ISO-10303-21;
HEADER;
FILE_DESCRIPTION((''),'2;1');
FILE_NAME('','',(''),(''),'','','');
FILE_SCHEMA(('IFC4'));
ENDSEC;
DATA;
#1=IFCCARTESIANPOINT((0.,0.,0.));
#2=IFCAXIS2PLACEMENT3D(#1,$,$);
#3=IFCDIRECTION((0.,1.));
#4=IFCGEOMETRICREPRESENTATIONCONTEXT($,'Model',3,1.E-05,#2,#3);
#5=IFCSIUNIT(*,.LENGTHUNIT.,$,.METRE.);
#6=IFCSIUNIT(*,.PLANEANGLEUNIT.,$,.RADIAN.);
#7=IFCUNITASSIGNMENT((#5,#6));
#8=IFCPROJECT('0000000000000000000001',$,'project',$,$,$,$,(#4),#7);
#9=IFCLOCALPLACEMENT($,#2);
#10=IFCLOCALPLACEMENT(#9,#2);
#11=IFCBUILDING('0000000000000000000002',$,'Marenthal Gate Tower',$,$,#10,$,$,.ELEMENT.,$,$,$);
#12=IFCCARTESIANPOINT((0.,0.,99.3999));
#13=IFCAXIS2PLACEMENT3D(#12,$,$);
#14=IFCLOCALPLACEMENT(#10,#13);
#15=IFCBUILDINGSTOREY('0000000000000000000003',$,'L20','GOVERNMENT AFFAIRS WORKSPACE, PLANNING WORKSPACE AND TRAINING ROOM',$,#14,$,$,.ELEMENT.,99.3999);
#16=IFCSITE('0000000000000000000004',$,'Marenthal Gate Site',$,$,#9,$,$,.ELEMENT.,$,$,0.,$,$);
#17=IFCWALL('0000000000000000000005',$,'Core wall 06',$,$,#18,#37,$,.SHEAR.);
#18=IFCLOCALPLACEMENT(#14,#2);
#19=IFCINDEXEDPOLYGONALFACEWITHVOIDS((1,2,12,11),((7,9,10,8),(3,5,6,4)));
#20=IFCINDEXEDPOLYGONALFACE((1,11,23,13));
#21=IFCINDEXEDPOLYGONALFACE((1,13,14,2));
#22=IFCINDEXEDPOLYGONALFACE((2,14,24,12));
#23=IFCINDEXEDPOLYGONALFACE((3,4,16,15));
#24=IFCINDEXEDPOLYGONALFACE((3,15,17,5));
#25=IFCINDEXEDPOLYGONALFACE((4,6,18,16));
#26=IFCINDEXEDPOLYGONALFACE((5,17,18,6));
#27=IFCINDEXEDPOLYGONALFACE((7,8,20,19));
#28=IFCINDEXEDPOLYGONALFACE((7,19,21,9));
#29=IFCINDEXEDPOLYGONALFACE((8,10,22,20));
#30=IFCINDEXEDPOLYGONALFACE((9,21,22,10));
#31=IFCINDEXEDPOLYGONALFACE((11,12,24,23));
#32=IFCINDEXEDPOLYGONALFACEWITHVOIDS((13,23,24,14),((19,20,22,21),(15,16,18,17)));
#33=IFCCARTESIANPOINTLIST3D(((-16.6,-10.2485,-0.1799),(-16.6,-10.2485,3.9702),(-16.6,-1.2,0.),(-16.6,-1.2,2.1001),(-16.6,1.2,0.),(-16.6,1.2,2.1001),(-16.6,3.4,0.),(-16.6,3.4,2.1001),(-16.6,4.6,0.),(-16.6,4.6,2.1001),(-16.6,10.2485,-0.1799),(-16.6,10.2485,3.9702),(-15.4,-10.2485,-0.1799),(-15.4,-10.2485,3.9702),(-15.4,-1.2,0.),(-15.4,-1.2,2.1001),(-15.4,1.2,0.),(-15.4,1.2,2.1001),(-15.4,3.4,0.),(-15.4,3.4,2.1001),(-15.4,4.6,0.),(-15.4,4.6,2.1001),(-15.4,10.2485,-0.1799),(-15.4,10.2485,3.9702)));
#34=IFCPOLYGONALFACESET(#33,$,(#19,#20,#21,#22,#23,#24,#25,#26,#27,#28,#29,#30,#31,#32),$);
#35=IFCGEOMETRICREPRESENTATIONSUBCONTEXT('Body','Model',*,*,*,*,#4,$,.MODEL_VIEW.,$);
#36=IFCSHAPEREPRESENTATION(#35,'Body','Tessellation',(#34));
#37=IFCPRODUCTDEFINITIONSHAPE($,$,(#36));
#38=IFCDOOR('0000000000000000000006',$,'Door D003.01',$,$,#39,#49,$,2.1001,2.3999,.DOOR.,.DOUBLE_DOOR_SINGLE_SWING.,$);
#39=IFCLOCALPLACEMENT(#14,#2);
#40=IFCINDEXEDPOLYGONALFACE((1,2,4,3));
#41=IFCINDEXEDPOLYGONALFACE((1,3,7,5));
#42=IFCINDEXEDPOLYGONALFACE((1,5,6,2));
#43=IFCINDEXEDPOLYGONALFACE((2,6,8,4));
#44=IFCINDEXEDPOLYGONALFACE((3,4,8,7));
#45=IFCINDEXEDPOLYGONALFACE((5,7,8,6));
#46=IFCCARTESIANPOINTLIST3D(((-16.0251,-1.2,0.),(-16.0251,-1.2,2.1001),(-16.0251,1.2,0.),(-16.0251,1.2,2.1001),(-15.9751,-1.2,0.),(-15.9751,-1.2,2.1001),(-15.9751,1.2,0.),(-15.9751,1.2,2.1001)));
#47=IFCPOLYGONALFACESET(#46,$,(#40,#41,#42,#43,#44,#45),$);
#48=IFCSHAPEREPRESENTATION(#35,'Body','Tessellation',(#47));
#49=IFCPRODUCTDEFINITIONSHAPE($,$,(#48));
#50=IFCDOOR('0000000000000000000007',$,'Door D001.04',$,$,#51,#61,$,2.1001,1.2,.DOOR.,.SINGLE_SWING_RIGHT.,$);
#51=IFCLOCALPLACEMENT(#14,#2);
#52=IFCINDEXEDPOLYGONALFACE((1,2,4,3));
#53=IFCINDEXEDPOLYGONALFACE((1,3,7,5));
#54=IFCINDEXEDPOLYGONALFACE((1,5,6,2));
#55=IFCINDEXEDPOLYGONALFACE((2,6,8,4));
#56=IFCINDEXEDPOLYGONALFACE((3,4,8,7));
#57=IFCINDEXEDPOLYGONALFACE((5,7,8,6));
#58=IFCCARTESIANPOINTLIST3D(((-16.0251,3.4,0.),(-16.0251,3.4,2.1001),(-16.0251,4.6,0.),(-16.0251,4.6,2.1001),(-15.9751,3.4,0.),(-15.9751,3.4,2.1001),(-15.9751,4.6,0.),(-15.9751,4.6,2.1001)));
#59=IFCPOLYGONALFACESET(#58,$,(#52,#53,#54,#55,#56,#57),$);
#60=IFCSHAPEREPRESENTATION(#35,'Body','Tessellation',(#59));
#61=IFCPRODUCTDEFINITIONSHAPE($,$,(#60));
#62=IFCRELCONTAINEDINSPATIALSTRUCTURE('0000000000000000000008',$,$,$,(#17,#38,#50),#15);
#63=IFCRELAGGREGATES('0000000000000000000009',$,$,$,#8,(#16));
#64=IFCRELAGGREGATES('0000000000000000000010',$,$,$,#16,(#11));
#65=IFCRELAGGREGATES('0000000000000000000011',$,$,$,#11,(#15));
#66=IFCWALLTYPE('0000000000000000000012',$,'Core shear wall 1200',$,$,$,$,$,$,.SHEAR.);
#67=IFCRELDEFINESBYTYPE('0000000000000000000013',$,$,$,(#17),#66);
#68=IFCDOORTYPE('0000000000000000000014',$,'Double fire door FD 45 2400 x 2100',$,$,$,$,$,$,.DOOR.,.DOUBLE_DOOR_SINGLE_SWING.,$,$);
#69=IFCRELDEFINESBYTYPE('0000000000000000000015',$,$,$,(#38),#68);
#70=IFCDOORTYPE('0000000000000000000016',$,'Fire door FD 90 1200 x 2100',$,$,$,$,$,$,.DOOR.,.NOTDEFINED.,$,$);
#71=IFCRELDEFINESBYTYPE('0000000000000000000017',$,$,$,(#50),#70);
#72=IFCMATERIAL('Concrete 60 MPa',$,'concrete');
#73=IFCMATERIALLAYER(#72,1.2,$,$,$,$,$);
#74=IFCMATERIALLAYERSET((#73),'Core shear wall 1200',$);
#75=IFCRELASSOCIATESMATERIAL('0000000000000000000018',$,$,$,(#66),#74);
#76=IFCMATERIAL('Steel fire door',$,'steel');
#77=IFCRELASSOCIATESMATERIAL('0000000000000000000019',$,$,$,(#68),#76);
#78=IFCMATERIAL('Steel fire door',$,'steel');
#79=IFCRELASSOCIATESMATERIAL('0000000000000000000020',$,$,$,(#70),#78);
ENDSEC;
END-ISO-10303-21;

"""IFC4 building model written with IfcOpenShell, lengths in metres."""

from ifc_helpers import new_model, si_unit, direction, frame, frame_2d, origin, place, context, subcontext, project, spatial, rectangle, extrude, material, layer, layer_set, type_object, element, fill, save


model = new_model("IFC4")

# Units and contexts
model_context = context("Model", 3, precision=1e-05, world=origin(), true_north=direction((0.0, 1.0)))
body_context = subcontext(model_context, "Body", "Model", "MODEL_VIEW")
ifc_project = project(units=[si_unit("LENGTHUNIT", "METRE"), si_unit("PLANEANGLEUNIT", "RADIAN")], contexts=[model_context])

# Site, building, storey
site_placement = place(None, origin())
site = spatial("IfcSite", under=ifc_project, at=site_placement, Name="Marenthal Gate Site", CompositionType="ELEMENT", RefElevation=0.0)
building_placement = place(site_placement, origin())
building = spatial("IfcBuilding", under=site, at=building_placement, Name="Marenthal Gate Tower", CompositionType="ELEMENT")
storey_placement = place(building_placement, frame((0.0, 0.0, 99.3999)))
storey = spatial("IfcBuildingStorey", under=building, at=storey_placement, Name="L20", Description="GOVERNMENT AFFAIRS WORKSPACE, PLANNING WORKSPACE AND TRAINING ROOM", CompositionType="ELEMENT", Elevation=99.3999)

# Wall, openings, doors
ifc_material_1 = material(Name="Concrete 60 MPa", Category="concrete")
ifc_layer_1 = layer(ifc_material_1, 1.2)
ifc_layer_set_1 = layer_set([ifc_layer_1], Name="Core shear wall 1200")
wall_type_1 = type_object("IfcWallType", Name="Core shear wall 1200", PredefinedType="SHEAR", material=ifc_layer_set_1)
wall_1_placement = place(storey_placement, frame((-16.0, 10.2485, -0.1799), z_axis=(0.0, 0.0, 1.0), x_axis=(0.0, -1.0, 0.0)))
wall_1 = element("IfcWall", 1, at=wall_1_placement, inside=storey, type_object=wall_type_1, Name="Core wall 06", PredefinedType="SHEAR", context=body_context, shape_type="SweptSolid", body=[
    extrude(rectangle(XDim=20.4971, YDim=1.2, at=frame_2d((10.2485, 0.0))), origin(), (0.0, 0.0, 1.0), 4.1501),
])
opening_1_placement = place(wall_1_placement, frame((9.0486, 0.0, 0.1799)))
opening_1 = element("IfcOpeningElement", 2, at=opening_1_placement, cuts=wall_1, PredefinedType="OPENING", context=body_context, shape_type="SweptSolid", body=[
    extrude(rectangle(XDim=2.3999, YDim=2.1001, at=frame_2d((1.2, 1.05))), frame((0.0, 0.6099, 0.0), z_axis=(0.0, -1.0, 0.0), x_axis=(1.0, 0.0, 0.0)), (0.0, 0.0, 1.0), 1.22),
])
opening_2_placement = place(wall_1_placement, frame((5.6484, 0.0, 0.1799)))
opening_2 = element("IfcOpeningElement", 3, at=opening_2_placement, cuts=wall_1, PredefinedType="OPENING", context=body_context, shape_type="SweptSolid", body=[
    extrude(rectangle(XDim=1.2, YDim=2.1001, at=frame_2d((0.6001, 1.05))), frame((0.0, 0.6099, 0.0), z_axis=(0.0, -1.0, 0.0), x_axis=(1.0, 0.0, 0.0)), (0.0, 0.0, 1.0), 1.22),
])
ifc_material_2 = material(Name="Steel fire door", Category="steel")
door_type_1 = type_object("IfcDoorType", Name="Double fire door FD 45 2400 x 2100", OperationType="DOUBLE_DOOR_SINGLE_SWING", PredefinedType="DOOR", material=ifc_material_2)
door_1_placement = place(opening_1_placement, origin())
door_1 = element("IfcDoor", 4, at=door_1_placement, inside=storey, type_object=door_type_1, Name="Door D003.01", OperationType="DOUBLE_DOOR_SINGLE_SWING", OverallHeight=2.1001, OverallWidth=2.3999, PredefinedType="DOOR", context=body_context, shape_type="SweptSolid", body=[
    extrude(rectangle(XDim=2.3999, YDim=2.1001, at=frame_2d((1.2, 1.05))), frame((0.0, 0.0249, 0.0), z_axis=(0.0, -1.0, 0.0), x_axis=(1.0, 0.0, 0.0)), (0.0, 0.0, 1.0), 0.05),
])
fill(opening_1, door_1)
ifc_material_3 = material(Name="Steel fire door", Category="steel")
door_type_2 = type_object("IfcDoorType", Name="Fire door FD 90 1200 x 2100", OperationType="NOTDEFINED", PredefinedType="DOOR", material=ifc_material_3)
door_2_placement = place(opening_2_placement, origin())
door_2 = element("IfcDoor", 5, at=door_2_placement, inside=storey, type_object=door_type_2, Name="Door D001.04", OperationType="SINGLE_SWING_RIGHT", OverallHeight=2.1001, OverallWidth=1.2, PredefinedType="DOOR", context=body_context, shape_type="SweptSolid", body=[
    extrude(rectangle(XDim=1.2, YDim=2.1001, at=frame_2d((0.6001, 1.05))), frame((0.0, 0.0249, 0.0), z_axis=(0.0, -1.0, 0.0), x_axis=(1.0, 0.0, 0.0)), (0.0, 0.0, 1.0), 0.05),
])
fill(opening_2, door_2)

save(model, "model.ifc")
